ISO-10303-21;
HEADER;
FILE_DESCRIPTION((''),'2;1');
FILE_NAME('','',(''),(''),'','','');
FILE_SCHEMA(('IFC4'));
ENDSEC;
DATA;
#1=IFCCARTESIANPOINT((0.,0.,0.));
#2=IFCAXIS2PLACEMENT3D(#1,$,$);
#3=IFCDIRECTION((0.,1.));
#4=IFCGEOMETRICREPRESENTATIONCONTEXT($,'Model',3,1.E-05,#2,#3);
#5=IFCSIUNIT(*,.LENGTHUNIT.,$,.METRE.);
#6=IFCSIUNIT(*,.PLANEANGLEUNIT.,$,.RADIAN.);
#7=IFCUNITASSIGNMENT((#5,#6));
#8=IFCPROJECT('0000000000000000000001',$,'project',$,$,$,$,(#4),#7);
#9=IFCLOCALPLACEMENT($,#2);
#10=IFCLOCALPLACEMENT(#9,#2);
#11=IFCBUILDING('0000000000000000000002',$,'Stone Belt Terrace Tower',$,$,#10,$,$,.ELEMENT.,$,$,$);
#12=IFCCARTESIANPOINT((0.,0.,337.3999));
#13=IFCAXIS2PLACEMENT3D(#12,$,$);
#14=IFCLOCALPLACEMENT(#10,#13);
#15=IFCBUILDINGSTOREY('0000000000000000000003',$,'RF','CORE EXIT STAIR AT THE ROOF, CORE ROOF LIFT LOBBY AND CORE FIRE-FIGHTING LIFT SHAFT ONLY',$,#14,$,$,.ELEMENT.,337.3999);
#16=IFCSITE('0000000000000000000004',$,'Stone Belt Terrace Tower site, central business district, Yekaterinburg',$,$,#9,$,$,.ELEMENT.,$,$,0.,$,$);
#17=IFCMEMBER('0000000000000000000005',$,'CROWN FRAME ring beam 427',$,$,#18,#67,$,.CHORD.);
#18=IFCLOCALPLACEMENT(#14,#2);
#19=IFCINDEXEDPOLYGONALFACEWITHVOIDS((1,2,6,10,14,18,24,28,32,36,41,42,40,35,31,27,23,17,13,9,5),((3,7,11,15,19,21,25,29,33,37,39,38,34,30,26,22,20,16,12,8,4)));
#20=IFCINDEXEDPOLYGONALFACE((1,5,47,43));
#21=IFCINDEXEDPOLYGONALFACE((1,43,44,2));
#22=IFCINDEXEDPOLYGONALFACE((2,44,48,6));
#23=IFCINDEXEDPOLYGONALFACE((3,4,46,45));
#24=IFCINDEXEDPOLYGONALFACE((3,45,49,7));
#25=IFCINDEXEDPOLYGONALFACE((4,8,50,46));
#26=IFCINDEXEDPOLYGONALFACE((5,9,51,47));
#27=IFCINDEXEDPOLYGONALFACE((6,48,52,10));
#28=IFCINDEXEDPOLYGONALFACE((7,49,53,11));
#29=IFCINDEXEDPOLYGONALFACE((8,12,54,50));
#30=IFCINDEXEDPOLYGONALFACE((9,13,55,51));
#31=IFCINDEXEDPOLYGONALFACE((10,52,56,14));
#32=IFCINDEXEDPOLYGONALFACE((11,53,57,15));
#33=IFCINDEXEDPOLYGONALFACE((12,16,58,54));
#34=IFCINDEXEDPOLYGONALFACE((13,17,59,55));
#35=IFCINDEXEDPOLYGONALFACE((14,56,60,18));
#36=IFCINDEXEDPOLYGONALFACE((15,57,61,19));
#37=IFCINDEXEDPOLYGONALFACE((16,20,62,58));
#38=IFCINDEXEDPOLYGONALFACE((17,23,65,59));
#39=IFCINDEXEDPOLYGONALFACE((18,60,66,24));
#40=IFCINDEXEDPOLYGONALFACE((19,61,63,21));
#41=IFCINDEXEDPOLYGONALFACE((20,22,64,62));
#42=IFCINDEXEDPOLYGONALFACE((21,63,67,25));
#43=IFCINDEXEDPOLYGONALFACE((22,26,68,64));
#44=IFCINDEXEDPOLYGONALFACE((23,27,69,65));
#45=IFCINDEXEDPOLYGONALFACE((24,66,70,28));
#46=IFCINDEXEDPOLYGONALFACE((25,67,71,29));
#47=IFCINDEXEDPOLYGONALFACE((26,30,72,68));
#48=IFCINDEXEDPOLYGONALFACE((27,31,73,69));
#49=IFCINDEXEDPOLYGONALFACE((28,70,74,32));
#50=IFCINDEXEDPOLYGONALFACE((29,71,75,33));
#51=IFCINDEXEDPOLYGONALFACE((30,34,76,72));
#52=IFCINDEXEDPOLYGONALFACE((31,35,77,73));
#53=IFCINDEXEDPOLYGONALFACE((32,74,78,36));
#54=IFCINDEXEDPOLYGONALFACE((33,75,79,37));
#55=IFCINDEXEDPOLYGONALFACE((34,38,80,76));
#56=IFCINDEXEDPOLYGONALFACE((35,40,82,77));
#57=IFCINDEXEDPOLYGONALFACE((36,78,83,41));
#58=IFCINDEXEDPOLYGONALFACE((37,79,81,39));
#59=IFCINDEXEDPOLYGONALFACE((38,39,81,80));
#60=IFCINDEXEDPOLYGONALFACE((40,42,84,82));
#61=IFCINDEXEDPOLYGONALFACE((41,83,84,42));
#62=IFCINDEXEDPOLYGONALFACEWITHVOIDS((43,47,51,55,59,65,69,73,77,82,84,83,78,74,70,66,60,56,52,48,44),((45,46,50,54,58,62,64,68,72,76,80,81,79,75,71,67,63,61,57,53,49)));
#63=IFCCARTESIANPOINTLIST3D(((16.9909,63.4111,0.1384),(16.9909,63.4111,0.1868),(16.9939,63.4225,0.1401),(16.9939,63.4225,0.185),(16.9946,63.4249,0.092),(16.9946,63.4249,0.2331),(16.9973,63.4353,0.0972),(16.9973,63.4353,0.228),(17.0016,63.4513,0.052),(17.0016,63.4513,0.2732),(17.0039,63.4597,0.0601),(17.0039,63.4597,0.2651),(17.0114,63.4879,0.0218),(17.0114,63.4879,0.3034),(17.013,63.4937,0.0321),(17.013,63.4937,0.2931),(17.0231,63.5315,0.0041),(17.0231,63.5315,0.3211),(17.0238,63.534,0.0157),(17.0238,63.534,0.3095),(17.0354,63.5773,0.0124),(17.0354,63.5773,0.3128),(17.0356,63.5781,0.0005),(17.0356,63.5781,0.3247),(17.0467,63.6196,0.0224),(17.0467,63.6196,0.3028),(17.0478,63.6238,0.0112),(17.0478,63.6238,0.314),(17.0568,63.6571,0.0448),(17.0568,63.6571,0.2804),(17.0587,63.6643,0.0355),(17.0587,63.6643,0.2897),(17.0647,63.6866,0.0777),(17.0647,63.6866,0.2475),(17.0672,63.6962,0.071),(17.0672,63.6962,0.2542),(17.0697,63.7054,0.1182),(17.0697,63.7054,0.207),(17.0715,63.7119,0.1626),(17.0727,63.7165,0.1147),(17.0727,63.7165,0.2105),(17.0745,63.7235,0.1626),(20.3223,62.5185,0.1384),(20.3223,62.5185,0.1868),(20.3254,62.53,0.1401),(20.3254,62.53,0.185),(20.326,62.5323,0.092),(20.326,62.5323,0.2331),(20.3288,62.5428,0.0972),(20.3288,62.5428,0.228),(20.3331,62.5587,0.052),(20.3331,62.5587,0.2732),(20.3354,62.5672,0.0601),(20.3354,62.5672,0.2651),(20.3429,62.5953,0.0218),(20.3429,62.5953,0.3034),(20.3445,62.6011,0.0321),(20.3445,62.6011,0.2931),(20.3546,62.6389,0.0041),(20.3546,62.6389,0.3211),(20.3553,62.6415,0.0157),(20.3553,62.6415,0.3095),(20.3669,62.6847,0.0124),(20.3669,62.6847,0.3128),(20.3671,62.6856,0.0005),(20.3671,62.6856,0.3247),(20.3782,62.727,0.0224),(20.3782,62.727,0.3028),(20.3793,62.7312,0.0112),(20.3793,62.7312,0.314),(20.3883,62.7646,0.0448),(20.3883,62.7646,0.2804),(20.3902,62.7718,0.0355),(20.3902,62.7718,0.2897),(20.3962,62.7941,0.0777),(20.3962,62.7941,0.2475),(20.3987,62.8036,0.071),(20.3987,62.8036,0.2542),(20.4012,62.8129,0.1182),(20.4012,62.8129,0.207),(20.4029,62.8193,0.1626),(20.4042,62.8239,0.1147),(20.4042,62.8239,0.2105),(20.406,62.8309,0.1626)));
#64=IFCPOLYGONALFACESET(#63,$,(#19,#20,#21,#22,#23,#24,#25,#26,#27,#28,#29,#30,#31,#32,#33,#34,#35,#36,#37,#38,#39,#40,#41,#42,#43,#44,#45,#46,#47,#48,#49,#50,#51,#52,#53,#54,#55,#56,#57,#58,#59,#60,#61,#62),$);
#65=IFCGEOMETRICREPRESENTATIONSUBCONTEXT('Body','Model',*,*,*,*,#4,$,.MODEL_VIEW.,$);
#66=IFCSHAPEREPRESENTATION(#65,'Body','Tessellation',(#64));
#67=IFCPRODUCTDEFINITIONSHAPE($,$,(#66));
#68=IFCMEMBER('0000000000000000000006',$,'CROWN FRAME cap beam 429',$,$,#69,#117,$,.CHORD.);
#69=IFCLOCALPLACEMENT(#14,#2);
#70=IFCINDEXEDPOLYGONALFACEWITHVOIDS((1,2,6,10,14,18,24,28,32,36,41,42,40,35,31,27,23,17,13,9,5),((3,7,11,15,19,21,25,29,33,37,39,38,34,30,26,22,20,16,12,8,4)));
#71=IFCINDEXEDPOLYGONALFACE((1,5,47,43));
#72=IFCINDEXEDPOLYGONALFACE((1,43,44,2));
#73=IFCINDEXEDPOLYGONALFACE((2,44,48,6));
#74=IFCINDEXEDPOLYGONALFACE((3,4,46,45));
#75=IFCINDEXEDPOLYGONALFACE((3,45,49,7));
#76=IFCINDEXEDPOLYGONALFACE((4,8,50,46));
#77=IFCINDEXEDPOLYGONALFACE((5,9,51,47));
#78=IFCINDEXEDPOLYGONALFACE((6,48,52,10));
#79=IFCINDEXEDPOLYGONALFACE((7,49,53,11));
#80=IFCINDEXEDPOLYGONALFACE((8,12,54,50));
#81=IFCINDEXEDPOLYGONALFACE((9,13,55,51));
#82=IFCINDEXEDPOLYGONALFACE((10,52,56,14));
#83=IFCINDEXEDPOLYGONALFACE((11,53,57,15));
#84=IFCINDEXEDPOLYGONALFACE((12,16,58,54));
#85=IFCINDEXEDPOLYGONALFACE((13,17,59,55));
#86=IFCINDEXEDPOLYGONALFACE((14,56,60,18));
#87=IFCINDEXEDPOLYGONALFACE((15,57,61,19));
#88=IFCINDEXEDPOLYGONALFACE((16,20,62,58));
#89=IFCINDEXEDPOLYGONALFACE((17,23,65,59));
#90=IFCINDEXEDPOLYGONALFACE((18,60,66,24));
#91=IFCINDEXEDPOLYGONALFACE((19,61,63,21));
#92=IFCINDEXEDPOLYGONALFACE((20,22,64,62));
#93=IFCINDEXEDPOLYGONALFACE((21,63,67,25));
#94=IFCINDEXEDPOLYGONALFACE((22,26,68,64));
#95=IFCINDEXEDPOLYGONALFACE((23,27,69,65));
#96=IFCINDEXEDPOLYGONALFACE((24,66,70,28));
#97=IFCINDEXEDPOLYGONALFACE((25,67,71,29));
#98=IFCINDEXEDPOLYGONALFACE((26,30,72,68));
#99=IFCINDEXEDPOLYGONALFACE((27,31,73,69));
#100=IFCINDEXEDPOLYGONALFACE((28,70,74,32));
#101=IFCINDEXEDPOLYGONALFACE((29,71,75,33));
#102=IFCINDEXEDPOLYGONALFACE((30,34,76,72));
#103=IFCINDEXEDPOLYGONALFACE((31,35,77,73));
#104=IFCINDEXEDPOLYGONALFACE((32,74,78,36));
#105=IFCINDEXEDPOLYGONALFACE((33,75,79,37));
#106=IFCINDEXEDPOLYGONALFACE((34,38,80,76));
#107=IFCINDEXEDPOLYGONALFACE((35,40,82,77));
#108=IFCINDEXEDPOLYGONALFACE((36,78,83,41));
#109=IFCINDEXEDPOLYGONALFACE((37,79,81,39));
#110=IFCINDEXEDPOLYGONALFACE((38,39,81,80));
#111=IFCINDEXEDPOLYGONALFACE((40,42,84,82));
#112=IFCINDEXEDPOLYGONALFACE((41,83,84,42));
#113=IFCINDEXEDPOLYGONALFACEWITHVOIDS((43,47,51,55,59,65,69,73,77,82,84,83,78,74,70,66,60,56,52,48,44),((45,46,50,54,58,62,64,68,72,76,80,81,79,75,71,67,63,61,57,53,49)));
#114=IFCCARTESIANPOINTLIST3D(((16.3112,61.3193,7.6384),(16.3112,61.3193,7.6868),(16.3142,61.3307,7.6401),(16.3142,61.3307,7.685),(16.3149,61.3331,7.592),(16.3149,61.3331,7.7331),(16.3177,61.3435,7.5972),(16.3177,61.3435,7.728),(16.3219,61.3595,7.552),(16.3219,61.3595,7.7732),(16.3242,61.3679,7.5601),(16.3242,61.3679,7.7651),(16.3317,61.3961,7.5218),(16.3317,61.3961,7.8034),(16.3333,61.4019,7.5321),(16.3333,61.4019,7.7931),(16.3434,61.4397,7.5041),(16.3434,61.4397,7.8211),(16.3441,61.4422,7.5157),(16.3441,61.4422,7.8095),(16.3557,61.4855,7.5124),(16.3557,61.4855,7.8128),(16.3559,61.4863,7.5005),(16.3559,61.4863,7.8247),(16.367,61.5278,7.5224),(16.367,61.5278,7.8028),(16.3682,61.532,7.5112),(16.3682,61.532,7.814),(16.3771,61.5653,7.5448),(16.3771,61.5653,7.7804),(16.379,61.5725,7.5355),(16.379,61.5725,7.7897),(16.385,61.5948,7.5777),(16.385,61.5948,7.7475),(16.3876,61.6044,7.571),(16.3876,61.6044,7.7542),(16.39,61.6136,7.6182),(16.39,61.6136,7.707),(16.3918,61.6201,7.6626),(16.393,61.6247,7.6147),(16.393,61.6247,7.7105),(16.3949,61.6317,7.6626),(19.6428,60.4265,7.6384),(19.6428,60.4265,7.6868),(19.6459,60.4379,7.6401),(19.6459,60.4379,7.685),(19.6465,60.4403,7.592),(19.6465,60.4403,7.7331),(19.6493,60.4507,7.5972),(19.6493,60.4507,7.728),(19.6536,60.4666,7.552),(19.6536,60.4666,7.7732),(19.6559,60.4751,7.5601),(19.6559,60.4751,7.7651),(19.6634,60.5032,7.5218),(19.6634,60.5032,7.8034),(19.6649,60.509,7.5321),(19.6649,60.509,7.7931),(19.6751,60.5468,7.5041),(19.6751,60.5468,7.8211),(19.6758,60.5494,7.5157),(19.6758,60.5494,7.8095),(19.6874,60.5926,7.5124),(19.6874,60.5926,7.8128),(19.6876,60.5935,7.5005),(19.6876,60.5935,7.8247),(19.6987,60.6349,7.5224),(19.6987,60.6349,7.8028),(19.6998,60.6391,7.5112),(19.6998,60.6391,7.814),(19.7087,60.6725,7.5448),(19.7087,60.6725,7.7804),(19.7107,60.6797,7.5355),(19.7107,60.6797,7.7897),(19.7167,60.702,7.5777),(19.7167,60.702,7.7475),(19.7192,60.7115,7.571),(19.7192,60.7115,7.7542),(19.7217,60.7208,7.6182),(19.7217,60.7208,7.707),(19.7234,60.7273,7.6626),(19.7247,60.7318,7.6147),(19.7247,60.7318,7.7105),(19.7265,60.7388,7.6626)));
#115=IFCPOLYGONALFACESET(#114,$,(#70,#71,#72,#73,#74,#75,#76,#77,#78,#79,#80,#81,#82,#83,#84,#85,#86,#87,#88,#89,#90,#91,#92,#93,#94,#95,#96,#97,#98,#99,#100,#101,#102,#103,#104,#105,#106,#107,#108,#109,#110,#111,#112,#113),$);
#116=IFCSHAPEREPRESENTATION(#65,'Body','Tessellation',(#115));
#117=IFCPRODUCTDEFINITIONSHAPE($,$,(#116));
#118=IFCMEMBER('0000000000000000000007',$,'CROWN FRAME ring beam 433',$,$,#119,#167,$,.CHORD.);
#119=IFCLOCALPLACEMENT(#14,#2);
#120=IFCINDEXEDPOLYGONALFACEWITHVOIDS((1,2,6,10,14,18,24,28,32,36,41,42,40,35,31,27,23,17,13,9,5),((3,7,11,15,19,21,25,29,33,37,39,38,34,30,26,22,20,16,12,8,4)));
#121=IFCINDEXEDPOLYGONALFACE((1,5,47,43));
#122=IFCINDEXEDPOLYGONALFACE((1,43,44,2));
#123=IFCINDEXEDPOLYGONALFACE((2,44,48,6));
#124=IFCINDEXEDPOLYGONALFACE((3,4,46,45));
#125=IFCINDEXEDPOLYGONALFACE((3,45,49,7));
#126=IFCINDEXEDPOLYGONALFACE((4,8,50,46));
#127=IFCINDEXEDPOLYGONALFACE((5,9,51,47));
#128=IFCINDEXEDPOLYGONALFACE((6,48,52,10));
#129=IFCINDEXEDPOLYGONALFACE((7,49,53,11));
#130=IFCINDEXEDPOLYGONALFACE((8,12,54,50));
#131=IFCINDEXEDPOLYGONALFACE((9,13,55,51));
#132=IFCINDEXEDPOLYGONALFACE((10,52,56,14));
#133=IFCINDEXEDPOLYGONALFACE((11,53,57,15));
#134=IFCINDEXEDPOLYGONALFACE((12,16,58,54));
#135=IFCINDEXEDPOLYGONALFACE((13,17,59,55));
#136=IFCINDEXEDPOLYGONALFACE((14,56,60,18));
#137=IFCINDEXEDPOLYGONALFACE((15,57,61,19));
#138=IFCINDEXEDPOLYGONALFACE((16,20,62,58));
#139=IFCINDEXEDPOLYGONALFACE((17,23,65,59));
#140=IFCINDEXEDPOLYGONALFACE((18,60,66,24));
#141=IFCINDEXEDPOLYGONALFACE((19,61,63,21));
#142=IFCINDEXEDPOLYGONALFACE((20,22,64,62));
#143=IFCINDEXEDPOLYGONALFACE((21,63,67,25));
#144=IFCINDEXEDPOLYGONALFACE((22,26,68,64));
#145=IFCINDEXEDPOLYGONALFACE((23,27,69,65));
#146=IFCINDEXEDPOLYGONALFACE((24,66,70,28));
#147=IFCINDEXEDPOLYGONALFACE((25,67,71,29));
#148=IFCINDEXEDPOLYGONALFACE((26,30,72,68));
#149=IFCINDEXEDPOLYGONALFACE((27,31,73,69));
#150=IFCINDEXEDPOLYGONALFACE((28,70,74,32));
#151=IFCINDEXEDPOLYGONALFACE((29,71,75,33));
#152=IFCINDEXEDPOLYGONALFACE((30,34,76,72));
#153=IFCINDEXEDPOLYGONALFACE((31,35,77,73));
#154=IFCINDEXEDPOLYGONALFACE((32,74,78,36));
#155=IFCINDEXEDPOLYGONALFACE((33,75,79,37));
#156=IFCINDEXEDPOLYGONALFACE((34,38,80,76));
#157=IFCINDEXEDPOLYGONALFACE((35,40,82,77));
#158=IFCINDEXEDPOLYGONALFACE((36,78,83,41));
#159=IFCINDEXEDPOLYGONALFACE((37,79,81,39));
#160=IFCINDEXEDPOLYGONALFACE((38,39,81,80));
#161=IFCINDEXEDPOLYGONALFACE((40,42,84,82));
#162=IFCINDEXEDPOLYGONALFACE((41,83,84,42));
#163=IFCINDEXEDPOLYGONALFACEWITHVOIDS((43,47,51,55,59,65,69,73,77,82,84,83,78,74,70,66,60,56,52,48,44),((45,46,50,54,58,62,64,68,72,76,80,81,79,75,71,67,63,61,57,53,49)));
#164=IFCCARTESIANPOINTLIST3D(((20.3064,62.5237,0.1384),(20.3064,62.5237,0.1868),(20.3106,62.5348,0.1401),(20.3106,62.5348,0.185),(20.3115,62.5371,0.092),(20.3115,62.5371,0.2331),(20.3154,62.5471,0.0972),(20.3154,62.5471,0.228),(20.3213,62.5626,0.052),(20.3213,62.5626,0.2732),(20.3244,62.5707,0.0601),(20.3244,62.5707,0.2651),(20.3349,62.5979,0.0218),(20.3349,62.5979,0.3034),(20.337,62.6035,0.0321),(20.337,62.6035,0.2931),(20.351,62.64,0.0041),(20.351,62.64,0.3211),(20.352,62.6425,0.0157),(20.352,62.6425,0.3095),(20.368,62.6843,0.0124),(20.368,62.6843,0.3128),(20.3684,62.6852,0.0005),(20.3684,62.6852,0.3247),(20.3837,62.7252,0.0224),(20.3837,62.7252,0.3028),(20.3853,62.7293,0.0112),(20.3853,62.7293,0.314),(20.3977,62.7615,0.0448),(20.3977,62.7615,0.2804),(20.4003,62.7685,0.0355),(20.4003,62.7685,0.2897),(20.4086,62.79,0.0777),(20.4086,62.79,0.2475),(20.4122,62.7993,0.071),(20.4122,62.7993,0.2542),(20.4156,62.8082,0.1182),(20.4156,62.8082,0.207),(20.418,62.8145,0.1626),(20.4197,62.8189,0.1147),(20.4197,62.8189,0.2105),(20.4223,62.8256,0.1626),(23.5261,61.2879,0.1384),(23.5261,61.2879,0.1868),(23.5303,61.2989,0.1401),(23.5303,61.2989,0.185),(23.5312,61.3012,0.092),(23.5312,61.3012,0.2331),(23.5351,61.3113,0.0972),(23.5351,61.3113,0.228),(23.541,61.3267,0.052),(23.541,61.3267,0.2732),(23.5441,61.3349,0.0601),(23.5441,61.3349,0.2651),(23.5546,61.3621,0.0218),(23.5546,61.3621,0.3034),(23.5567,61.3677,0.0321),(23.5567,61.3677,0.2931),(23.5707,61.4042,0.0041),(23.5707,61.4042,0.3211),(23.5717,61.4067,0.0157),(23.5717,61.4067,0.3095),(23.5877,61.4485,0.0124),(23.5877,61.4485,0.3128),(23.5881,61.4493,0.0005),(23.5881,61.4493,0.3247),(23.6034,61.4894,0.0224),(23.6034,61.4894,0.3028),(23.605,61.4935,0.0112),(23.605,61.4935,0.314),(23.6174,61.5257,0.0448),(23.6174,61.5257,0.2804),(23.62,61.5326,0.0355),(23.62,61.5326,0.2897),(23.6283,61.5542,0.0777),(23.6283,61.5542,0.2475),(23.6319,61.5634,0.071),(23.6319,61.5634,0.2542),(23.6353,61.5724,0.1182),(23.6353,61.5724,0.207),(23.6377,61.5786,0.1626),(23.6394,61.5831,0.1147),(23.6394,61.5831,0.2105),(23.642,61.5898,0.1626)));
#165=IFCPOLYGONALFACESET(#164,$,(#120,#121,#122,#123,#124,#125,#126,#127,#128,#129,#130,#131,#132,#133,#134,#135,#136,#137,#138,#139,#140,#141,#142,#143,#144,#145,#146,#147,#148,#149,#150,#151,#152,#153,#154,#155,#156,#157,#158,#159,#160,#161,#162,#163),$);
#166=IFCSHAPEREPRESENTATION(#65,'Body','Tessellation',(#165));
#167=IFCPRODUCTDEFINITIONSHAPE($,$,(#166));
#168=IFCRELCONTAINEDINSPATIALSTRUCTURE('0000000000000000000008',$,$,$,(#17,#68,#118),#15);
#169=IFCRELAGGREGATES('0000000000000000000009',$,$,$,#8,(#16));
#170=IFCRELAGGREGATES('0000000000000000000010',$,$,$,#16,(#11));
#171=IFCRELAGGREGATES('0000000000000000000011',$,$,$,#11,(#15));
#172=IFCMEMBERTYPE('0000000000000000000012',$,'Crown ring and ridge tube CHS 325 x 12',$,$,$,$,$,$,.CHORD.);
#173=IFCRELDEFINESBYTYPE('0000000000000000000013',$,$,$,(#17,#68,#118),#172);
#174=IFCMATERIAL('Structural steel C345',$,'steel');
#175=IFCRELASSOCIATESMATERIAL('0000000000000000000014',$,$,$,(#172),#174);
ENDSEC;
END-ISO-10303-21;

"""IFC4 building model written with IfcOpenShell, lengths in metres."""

from ifc_helpers import new_model, si_unit, direction, frame, origin, origin_2d, place, context, subcontext, project, spatial, hollow_circle, extrude, material, material_profile, profile_set, type_object, element, save


model = new_model("IFC4")

# Units and contexts
model_context = context("Model", 3, precision=1e-05, world=origin(), true_north=direction((0.0, 1.0)))
body_context = subcontext(model_context, "Body", "Model", "MODEL_VIEW")
ifc_project = project(units=[si_unit("LENGTHUNIT", "METRE"), si_unit("PLANEANGLEUNIT", "RADIAN")], contexts=[model_context])

# Site, building, storey
site_placement = place(None, origin())
site = spatial("IfcSite", under=ifc_project, at=site_placement, Name="Stone Belt Terrace Tower site, central business district, Yekaterinburg", CompositionType="ELEMENT", RefElevation=0.0)
building_placement = place(site_placement, origin())
building = spatial("IfcBuilding", under=site, at=building_placement, Name="Stone Belt Terrace Tower", CompositionType="ELEMENT")
storey_placement = place(building_placement, frame((0.0, 0.0, 337.3999)))
storey = spatial("IfcBuildingStorey", under=building, at=storey_placement, Name="RF", Description="CORE EXIT STAIR AT THE ROOF, CORE ROOF LIFT LOBBY AND CORE FIRE-FIGHTING LIFT SHAFT ONLY", CompositionType="ELEMENT", Elevation=337.3999)

# Members
ifc_material_1 = material(Name="Structural steel C345", Category="steel")
ifc_material_profile_1 = material_profile(ifc_material_1, hollow_circle(Radius=0.1626, WallThickness=0.012, at=origin_2d()), Name="Structural steel C345 CHS 325x12")
ifc_profile_set_1 = profile_set([ifc_material_profile_1], Name="Structural steel C345")
member_type_1 = type_object("IfcMemberType", Name="Crown ring and ridge tube CHS 325 x 12", PredefinedType="CHORD", material=ifc_profile_set_1)
member_1_placement = place(storey_placement, frame((17.0325, 63.5664, 0.1626), z_axis=(0.965934, -0.25879, 0.0), x_axis=(0.25879, 0.965934, 0.0)))
element("IfcMember", 1, at=member_1_placement, inside=storey, type_object=member_type_1, Name="CROWN FRAME ring beam 427", PredefinedType="CHORD", context=body_context, shape_type="SweptSolid", body=[
    extrude(hollow_circle(Radius=0.1626, WallThickness=0.012, at=origin_2d()), origin(), (0.0, 0.0, 1.0), 3.449),
])
member_2_placement = place(storey_placement, frame((16.3528, 61.4746, 7.6626), z_axis=(0.965916, -0.258856, 0.0), x_axis=(0.258856, 0.965916, 0.0)))
element("IfcMember", 2, at=member_2_placement, inside=storey, type_object=member_type_1, Name="CROWN FRAME cap beam 429", PredefinedType="CHORD", context=body_context, shape_type="SweptSolid", body=[
    extrude(hollow_circle(Radius=0.1626, WallThickness=0.012, at=origin_2d()), origin(), (0.0, 0.0, 1.0), 3.4492),
])
member_3_placement = place(storey_placement, frame((20.364, 62.6738, 0.1626), z_axis=(0.93359, -0.358343, 0.0), x_axis=(0.358343, 0.93359, 0.0)))
element("IfcMember", 3, at=member_3_placement, inside=storey, type_object=member_type_1, Name="CROWN FRAME ring beam 433", PredefinedType="CHORD", context=body_context, shape_type="SweptSolid", body=[
    extrude(hollow_circle(Radius=0.1626, WallThickness=0.012, at=origin_2d()), origin(), (0.0, 0.0, 1.0), 3.4487),
])

save(model, "model.ifc")
